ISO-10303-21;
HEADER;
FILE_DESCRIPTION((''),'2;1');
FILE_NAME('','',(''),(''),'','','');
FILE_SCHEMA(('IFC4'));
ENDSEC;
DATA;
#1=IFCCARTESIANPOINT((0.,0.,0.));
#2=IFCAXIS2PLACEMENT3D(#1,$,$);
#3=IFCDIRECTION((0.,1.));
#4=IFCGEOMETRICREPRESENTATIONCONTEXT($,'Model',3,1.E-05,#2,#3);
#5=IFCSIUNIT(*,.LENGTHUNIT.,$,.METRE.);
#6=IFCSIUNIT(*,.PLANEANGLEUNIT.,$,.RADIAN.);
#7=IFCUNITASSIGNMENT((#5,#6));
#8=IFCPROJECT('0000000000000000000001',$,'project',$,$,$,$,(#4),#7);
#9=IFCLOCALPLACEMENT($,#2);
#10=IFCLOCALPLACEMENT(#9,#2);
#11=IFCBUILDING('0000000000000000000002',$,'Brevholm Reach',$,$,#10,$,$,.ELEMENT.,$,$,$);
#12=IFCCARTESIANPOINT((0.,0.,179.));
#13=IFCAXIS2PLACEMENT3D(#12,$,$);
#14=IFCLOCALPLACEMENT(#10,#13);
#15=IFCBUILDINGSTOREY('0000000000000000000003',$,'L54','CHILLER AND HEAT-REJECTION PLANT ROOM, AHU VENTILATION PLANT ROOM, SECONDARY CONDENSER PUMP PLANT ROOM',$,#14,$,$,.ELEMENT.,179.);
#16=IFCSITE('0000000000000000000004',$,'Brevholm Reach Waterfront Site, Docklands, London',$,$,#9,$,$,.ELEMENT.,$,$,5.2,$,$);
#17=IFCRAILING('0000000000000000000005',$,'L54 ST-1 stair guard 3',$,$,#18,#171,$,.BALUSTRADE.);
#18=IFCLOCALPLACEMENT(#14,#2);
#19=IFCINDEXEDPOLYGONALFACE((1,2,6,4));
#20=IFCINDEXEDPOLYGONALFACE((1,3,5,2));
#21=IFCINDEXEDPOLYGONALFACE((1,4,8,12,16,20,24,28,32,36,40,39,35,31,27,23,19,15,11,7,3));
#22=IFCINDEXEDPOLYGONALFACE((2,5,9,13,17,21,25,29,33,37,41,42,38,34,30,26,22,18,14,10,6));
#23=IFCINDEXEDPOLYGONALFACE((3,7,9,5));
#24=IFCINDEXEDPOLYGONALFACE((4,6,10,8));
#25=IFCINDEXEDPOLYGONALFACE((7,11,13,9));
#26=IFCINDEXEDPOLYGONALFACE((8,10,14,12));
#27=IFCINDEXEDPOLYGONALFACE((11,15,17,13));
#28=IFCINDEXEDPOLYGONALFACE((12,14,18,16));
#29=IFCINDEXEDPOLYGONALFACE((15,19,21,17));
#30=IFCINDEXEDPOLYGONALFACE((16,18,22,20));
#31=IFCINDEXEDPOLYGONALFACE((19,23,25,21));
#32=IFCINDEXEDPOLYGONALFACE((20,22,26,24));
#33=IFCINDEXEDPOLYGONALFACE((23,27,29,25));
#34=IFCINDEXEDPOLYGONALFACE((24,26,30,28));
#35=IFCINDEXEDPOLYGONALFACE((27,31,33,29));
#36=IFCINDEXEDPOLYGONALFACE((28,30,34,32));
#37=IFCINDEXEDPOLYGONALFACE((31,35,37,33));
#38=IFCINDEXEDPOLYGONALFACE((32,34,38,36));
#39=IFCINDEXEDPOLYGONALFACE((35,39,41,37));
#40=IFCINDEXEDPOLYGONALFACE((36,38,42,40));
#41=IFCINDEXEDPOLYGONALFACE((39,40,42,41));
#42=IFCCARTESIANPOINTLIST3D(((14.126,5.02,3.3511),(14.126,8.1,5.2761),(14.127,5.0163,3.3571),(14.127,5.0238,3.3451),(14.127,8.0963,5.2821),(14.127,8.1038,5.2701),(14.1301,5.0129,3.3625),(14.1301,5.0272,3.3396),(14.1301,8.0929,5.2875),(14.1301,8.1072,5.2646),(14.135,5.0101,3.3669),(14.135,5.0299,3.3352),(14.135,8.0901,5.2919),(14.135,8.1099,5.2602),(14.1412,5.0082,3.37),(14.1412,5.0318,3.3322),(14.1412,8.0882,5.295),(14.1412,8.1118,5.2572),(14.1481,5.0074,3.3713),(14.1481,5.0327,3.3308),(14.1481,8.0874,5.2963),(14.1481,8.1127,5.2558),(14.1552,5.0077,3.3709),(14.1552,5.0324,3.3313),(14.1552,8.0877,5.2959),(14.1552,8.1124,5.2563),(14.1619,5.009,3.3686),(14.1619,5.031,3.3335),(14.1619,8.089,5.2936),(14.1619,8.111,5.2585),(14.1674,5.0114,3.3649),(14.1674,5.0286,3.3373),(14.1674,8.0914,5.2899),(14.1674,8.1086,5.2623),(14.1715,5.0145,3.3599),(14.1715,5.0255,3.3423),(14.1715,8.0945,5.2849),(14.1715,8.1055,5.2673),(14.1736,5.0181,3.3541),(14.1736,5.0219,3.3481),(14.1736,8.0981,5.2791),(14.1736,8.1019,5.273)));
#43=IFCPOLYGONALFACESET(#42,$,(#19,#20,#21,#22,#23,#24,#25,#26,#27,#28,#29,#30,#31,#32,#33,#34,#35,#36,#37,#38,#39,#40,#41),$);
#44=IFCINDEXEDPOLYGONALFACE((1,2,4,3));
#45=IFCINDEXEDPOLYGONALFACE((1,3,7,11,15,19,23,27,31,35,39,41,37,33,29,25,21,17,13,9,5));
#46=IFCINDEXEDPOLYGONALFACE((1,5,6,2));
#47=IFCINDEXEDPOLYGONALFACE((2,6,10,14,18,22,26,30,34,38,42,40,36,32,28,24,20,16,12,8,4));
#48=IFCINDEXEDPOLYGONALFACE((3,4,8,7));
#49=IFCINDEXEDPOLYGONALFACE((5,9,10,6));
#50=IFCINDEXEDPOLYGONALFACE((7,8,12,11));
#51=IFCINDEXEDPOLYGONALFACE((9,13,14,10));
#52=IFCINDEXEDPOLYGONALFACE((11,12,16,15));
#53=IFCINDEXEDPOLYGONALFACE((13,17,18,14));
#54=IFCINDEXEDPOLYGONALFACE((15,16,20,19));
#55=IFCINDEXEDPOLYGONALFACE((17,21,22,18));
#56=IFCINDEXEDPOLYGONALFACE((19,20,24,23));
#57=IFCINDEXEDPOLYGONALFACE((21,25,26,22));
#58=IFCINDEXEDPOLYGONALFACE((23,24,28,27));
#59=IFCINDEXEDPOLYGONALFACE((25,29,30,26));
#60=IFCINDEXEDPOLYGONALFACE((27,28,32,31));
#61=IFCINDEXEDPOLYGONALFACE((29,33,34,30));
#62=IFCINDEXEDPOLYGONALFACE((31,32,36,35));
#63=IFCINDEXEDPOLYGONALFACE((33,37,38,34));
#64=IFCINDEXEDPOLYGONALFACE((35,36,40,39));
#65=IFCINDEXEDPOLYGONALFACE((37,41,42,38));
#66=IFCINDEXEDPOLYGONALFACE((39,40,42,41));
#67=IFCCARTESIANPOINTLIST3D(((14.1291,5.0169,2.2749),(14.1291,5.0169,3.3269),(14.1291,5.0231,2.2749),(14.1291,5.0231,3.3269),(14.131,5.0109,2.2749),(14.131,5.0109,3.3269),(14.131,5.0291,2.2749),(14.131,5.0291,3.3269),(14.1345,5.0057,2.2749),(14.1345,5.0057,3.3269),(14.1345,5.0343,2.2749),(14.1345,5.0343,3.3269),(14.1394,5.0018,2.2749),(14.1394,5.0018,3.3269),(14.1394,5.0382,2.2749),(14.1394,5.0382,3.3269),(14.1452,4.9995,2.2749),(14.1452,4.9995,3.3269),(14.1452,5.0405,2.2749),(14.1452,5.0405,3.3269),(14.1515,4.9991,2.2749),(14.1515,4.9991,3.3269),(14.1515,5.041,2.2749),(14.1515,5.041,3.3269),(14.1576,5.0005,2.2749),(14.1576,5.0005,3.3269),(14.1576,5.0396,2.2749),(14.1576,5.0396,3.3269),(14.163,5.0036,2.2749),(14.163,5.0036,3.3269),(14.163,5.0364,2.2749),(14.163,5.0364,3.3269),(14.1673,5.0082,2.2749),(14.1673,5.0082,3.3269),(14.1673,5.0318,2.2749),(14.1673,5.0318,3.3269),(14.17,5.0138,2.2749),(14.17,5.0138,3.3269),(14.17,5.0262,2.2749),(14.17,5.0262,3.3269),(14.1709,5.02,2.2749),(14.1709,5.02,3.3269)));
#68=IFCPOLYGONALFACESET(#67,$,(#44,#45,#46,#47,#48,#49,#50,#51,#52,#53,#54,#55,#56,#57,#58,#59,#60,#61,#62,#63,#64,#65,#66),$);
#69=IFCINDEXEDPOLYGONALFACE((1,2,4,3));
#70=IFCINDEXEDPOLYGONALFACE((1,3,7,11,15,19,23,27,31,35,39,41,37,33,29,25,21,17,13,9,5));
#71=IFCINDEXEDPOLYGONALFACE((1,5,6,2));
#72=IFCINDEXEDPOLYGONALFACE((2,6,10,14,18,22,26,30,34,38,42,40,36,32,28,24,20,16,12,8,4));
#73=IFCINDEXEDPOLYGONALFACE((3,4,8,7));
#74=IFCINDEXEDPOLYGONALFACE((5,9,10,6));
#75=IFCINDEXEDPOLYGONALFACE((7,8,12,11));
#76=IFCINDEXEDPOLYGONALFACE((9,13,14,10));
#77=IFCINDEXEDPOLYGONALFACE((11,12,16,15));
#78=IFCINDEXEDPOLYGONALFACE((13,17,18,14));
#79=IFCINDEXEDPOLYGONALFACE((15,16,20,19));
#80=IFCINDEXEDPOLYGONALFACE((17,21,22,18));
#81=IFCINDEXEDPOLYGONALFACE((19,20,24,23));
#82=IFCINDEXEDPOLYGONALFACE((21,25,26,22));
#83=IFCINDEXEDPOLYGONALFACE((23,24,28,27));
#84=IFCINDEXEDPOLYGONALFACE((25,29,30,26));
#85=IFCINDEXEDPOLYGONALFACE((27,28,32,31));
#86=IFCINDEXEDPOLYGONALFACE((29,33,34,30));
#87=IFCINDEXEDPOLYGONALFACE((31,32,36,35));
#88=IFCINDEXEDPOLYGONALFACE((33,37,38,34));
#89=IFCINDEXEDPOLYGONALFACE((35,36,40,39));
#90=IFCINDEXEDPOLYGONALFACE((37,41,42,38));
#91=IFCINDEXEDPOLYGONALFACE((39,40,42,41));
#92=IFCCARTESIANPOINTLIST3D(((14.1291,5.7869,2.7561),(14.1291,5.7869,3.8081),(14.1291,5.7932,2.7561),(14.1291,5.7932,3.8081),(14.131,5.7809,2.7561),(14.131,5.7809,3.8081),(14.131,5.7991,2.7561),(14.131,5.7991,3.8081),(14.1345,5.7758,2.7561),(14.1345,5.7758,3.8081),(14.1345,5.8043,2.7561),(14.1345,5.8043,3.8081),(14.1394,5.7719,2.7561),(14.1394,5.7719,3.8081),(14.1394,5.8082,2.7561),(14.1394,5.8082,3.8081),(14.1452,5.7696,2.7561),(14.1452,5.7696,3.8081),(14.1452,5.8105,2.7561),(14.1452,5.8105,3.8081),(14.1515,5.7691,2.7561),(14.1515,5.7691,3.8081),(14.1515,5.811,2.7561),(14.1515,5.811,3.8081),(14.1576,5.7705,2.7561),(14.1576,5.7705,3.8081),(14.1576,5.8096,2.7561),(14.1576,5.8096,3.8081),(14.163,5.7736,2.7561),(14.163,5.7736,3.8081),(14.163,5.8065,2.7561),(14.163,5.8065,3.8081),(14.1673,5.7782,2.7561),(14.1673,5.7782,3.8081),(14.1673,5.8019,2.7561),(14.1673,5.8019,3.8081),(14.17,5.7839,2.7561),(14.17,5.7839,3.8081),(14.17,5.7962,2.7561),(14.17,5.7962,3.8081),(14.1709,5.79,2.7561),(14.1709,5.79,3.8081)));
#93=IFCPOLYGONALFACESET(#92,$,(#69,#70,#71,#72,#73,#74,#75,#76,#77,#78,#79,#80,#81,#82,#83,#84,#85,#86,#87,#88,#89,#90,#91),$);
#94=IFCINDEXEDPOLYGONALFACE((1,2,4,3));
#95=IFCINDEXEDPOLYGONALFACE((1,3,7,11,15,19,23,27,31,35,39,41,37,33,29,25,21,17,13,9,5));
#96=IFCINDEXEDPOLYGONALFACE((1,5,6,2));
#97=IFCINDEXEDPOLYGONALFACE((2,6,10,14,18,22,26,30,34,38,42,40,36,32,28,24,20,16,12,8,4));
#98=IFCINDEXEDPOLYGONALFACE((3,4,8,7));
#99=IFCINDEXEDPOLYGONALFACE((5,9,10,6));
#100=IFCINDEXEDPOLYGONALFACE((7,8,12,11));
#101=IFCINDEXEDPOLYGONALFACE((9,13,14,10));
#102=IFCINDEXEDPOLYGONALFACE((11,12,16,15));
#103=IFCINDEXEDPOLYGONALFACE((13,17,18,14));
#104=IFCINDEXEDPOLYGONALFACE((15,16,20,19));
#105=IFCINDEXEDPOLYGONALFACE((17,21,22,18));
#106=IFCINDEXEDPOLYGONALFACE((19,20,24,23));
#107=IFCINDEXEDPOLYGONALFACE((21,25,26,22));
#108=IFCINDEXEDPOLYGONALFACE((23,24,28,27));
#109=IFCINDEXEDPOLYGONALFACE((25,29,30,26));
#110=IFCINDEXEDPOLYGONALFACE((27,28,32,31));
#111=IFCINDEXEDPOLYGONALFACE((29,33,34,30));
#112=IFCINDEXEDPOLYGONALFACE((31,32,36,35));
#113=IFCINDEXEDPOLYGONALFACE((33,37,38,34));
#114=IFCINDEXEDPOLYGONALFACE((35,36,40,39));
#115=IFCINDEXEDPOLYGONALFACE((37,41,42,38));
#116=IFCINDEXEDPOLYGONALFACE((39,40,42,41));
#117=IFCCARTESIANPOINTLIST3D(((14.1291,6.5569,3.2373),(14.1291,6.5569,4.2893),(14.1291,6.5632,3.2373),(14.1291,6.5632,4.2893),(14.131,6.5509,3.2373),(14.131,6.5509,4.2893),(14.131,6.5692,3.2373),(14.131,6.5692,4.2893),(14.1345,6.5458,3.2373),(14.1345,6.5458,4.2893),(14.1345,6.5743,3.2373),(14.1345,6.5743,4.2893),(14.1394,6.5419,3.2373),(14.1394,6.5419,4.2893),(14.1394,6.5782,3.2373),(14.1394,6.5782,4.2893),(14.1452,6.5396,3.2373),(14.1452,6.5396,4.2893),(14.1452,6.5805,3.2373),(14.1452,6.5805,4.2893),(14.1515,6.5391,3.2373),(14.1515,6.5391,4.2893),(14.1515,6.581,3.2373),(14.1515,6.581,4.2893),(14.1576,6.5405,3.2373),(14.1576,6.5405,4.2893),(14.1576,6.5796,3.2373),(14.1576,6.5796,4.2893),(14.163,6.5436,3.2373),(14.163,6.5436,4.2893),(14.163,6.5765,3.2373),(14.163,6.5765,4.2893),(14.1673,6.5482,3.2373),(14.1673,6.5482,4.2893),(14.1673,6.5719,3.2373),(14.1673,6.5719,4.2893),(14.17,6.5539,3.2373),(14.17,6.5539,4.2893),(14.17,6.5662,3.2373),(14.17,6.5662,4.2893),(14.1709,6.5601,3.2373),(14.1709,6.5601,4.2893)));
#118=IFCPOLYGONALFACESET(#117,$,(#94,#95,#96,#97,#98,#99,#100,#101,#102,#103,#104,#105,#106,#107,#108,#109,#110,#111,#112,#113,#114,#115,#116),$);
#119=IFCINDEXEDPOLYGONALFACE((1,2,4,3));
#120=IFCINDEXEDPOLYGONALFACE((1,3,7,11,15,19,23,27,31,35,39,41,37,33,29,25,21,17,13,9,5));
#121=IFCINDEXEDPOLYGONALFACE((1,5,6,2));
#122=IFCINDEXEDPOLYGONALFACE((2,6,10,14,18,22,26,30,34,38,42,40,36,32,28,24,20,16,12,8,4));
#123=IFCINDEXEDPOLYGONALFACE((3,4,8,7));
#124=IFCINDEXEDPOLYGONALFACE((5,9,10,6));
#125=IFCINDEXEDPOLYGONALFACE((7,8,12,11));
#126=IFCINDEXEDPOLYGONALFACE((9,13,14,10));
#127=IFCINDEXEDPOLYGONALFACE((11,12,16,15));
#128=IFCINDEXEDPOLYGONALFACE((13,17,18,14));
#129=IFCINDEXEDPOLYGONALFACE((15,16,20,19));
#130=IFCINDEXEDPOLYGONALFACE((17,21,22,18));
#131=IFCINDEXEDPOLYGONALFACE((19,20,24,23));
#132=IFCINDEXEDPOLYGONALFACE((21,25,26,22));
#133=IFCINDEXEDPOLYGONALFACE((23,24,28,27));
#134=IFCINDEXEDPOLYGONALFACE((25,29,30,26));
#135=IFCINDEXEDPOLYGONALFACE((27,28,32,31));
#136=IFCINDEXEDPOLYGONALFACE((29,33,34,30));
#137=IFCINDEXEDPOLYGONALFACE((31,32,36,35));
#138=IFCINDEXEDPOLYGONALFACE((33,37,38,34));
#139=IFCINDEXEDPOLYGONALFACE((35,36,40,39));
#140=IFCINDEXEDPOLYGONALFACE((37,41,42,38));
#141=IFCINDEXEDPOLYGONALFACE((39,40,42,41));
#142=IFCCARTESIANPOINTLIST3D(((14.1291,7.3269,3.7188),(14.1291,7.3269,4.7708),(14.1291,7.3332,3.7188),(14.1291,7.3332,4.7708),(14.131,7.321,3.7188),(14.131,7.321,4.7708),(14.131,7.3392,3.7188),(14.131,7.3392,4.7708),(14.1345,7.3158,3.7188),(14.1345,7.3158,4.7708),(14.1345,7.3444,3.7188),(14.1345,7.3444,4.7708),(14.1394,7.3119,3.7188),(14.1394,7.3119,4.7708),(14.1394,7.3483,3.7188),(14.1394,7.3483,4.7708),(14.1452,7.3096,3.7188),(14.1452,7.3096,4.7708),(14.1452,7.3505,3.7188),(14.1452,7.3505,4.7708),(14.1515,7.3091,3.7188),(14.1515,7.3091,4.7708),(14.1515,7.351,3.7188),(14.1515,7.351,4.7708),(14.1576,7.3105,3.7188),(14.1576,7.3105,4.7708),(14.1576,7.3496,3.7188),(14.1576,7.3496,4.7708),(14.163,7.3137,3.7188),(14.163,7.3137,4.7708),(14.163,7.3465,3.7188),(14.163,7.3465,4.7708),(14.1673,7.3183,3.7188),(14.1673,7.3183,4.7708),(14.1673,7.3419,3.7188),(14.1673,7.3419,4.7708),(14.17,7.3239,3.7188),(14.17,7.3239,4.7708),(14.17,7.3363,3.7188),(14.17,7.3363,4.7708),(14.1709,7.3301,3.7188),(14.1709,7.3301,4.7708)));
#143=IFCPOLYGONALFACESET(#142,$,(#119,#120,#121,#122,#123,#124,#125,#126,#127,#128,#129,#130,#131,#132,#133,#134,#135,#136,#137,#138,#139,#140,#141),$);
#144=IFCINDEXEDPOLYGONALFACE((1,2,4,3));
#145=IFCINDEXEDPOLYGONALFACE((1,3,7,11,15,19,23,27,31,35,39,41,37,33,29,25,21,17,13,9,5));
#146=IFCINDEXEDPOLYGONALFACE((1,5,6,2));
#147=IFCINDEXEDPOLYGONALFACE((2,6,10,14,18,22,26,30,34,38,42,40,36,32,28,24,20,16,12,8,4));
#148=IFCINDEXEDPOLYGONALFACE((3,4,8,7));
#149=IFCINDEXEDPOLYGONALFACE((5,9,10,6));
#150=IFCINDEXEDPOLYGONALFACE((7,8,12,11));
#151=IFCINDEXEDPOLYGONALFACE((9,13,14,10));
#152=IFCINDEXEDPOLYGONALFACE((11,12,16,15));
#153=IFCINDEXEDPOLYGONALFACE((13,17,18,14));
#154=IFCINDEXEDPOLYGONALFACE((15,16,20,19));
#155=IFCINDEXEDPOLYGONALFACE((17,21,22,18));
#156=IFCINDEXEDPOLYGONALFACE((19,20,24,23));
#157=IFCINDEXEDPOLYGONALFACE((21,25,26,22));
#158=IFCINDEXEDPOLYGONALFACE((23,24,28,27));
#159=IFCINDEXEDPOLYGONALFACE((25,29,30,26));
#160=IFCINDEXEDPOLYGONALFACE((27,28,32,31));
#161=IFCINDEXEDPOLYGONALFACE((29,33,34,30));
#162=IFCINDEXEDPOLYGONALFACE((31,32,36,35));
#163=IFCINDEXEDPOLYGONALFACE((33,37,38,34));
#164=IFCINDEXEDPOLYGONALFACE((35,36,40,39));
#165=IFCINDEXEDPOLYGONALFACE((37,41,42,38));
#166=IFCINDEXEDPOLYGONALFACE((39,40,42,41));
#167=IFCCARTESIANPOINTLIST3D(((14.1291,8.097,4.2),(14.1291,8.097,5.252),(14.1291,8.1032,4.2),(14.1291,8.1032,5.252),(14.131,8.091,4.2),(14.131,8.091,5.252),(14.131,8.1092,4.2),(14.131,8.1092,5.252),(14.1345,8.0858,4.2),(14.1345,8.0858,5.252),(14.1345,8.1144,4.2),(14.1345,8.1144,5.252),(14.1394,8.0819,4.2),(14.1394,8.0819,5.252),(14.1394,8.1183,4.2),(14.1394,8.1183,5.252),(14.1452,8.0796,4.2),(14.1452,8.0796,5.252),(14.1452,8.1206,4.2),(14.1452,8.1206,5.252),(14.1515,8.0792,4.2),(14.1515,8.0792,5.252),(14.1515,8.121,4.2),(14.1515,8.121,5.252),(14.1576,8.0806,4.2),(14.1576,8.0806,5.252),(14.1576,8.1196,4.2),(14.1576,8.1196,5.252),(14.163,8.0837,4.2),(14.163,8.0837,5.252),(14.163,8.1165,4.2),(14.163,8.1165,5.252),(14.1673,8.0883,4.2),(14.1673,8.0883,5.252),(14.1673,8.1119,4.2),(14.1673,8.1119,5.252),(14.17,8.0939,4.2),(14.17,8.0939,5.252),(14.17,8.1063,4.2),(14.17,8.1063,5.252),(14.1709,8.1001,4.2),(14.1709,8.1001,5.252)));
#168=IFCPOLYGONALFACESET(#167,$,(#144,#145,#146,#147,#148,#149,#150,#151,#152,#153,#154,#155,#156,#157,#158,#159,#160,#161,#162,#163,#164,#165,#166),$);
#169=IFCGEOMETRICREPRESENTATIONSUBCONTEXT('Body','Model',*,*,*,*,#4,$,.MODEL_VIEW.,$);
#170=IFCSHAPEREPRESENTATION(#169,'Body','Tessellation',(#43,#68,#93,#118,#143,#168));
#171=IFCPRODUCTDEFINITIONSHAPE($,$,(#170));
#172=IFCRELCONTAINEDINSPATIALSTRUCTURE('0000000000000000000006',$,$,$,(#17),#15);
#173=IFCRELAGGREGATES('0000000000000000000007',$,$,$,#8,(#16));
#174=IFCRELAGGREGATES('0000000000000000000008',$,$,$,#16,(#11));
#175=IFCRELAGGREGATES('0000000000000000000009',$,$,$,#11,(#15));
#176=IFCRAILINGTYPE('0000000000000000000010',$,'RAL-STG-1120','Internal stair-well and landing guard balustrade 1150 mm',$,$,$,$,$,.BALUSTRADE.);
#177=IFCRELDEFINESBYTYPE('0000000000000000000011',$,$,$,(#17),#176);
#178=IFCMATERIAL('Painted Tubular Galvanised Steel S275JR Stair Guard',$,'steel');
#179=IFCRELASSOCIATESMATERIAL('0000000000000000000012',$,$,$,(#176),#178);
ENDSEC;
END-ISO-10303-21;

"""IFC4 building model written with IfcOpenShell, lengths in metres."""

from ifc_helpers import new_model, si_unit, direction, frame, origin, origin_2d, place, context, subcontext, project, spatial, circle, extrude, material, type_object, element, save


model = new_model("IFC4")

# Units and contexts
model_context = context("Model", 3, precision=1e-05, world=origin(), true_north=direction((0.0, 1.0)))
body_context = subcontext(model_context, "Body", "Model", "MODEL_VIEW")
ifc_project = project(units=[si_unit("LENGTHUNIT", "METRE"), si_unit("PLANEANGLEUNIT", "RADIAN")], contexts=[model_context])

# Site, building, storey
site_placement = place(None, origin())
site = spatial("IfcSite", under=ifc_project, at=site_placement, Name="Brevholm Reach Waterfront Site, Docklands, London", CompositionType="ELEMENT", RefElevation=5.2)
building_placement = place(site_placement, origin())
building = spatial("IfcBuilding", under=site, at=building_placement, Name="Brevholm Reach", CompositionType="ELEMENT")
storey_placement = place(building_placement, frame((0.0, 0.0, 179.0)))
storey = spatial("IfcBuildingStorey", under=building, at=storey_placement, Name="L54", Description="CHILLER AND HEAT-REJECTION PLANT ROOM, AHU VENTILATION PLANT ROOM, SECONDARY CONDENSER PUMP PLANT ROOM", CompositionType="ELEMENT", Elevation=179.0)

# Railing
ifc_material_1 = material(Name="Painted Tubular Galvanised Steel S275JR Stair Guard", Category="steel")
railing_type_1 = type_object("IfcRailingType", Name="RAL-STG-1120", Description="Internal stair-well and landing guard balustrade 1150 mm", PredefinedType="BALUSTRADE", material=ifc_material_1)
railing_1_placement = place(storey_placement, frame((14.1499, 5.02, 2.2749)))
element("IfcRailing", 1, at=railing_1_placement, inside=storey, type_object=railing_type_1, Name="L54 ST-1 stair guard 3", PredefinedType="BALUSTRADE", context=body_context, shape_type="SweptSolid", body=[
    extrude(circle(Radius=0.0239, at=origin_2d()), frame((0.0, 0.0, 1.0762), z_axis=(0.0, 0.847998, 0.529999), x_axis=(-1.0, 0.0, 0.0)), (0.0, 0.0, 1.0), 3.6321),
    extrude(circle(Radius=0.021, at=origin_2d()), origin(), (0.0, 0.0, 1.0), 1.052),
    extrude(circle(Radius=0.021, at=origin_2d()), frame((0.0, 0.77, 0.4812)), (0.0, 0.0, 1.0), 1.052),
    extrude(circle(Radius=0.021, at=origin_2d()), frame((0.0, 1.54, 0.9624)), (0.0, 0.0, 1.0), 1.052),
    extrude(circle(Radius=0.021, at=origin_2d()), frame((0.0, 2.3101, 1.4438)), (0.0, 0.0, 1.0), 1.052),
    extrude(circle(Radius=0.021, at=origin_2d()), frame((0.0, 3.0801, 1.925)), (0.0, 0.0, 1.0), 1.052),
])

save(model, "model.ifc")
